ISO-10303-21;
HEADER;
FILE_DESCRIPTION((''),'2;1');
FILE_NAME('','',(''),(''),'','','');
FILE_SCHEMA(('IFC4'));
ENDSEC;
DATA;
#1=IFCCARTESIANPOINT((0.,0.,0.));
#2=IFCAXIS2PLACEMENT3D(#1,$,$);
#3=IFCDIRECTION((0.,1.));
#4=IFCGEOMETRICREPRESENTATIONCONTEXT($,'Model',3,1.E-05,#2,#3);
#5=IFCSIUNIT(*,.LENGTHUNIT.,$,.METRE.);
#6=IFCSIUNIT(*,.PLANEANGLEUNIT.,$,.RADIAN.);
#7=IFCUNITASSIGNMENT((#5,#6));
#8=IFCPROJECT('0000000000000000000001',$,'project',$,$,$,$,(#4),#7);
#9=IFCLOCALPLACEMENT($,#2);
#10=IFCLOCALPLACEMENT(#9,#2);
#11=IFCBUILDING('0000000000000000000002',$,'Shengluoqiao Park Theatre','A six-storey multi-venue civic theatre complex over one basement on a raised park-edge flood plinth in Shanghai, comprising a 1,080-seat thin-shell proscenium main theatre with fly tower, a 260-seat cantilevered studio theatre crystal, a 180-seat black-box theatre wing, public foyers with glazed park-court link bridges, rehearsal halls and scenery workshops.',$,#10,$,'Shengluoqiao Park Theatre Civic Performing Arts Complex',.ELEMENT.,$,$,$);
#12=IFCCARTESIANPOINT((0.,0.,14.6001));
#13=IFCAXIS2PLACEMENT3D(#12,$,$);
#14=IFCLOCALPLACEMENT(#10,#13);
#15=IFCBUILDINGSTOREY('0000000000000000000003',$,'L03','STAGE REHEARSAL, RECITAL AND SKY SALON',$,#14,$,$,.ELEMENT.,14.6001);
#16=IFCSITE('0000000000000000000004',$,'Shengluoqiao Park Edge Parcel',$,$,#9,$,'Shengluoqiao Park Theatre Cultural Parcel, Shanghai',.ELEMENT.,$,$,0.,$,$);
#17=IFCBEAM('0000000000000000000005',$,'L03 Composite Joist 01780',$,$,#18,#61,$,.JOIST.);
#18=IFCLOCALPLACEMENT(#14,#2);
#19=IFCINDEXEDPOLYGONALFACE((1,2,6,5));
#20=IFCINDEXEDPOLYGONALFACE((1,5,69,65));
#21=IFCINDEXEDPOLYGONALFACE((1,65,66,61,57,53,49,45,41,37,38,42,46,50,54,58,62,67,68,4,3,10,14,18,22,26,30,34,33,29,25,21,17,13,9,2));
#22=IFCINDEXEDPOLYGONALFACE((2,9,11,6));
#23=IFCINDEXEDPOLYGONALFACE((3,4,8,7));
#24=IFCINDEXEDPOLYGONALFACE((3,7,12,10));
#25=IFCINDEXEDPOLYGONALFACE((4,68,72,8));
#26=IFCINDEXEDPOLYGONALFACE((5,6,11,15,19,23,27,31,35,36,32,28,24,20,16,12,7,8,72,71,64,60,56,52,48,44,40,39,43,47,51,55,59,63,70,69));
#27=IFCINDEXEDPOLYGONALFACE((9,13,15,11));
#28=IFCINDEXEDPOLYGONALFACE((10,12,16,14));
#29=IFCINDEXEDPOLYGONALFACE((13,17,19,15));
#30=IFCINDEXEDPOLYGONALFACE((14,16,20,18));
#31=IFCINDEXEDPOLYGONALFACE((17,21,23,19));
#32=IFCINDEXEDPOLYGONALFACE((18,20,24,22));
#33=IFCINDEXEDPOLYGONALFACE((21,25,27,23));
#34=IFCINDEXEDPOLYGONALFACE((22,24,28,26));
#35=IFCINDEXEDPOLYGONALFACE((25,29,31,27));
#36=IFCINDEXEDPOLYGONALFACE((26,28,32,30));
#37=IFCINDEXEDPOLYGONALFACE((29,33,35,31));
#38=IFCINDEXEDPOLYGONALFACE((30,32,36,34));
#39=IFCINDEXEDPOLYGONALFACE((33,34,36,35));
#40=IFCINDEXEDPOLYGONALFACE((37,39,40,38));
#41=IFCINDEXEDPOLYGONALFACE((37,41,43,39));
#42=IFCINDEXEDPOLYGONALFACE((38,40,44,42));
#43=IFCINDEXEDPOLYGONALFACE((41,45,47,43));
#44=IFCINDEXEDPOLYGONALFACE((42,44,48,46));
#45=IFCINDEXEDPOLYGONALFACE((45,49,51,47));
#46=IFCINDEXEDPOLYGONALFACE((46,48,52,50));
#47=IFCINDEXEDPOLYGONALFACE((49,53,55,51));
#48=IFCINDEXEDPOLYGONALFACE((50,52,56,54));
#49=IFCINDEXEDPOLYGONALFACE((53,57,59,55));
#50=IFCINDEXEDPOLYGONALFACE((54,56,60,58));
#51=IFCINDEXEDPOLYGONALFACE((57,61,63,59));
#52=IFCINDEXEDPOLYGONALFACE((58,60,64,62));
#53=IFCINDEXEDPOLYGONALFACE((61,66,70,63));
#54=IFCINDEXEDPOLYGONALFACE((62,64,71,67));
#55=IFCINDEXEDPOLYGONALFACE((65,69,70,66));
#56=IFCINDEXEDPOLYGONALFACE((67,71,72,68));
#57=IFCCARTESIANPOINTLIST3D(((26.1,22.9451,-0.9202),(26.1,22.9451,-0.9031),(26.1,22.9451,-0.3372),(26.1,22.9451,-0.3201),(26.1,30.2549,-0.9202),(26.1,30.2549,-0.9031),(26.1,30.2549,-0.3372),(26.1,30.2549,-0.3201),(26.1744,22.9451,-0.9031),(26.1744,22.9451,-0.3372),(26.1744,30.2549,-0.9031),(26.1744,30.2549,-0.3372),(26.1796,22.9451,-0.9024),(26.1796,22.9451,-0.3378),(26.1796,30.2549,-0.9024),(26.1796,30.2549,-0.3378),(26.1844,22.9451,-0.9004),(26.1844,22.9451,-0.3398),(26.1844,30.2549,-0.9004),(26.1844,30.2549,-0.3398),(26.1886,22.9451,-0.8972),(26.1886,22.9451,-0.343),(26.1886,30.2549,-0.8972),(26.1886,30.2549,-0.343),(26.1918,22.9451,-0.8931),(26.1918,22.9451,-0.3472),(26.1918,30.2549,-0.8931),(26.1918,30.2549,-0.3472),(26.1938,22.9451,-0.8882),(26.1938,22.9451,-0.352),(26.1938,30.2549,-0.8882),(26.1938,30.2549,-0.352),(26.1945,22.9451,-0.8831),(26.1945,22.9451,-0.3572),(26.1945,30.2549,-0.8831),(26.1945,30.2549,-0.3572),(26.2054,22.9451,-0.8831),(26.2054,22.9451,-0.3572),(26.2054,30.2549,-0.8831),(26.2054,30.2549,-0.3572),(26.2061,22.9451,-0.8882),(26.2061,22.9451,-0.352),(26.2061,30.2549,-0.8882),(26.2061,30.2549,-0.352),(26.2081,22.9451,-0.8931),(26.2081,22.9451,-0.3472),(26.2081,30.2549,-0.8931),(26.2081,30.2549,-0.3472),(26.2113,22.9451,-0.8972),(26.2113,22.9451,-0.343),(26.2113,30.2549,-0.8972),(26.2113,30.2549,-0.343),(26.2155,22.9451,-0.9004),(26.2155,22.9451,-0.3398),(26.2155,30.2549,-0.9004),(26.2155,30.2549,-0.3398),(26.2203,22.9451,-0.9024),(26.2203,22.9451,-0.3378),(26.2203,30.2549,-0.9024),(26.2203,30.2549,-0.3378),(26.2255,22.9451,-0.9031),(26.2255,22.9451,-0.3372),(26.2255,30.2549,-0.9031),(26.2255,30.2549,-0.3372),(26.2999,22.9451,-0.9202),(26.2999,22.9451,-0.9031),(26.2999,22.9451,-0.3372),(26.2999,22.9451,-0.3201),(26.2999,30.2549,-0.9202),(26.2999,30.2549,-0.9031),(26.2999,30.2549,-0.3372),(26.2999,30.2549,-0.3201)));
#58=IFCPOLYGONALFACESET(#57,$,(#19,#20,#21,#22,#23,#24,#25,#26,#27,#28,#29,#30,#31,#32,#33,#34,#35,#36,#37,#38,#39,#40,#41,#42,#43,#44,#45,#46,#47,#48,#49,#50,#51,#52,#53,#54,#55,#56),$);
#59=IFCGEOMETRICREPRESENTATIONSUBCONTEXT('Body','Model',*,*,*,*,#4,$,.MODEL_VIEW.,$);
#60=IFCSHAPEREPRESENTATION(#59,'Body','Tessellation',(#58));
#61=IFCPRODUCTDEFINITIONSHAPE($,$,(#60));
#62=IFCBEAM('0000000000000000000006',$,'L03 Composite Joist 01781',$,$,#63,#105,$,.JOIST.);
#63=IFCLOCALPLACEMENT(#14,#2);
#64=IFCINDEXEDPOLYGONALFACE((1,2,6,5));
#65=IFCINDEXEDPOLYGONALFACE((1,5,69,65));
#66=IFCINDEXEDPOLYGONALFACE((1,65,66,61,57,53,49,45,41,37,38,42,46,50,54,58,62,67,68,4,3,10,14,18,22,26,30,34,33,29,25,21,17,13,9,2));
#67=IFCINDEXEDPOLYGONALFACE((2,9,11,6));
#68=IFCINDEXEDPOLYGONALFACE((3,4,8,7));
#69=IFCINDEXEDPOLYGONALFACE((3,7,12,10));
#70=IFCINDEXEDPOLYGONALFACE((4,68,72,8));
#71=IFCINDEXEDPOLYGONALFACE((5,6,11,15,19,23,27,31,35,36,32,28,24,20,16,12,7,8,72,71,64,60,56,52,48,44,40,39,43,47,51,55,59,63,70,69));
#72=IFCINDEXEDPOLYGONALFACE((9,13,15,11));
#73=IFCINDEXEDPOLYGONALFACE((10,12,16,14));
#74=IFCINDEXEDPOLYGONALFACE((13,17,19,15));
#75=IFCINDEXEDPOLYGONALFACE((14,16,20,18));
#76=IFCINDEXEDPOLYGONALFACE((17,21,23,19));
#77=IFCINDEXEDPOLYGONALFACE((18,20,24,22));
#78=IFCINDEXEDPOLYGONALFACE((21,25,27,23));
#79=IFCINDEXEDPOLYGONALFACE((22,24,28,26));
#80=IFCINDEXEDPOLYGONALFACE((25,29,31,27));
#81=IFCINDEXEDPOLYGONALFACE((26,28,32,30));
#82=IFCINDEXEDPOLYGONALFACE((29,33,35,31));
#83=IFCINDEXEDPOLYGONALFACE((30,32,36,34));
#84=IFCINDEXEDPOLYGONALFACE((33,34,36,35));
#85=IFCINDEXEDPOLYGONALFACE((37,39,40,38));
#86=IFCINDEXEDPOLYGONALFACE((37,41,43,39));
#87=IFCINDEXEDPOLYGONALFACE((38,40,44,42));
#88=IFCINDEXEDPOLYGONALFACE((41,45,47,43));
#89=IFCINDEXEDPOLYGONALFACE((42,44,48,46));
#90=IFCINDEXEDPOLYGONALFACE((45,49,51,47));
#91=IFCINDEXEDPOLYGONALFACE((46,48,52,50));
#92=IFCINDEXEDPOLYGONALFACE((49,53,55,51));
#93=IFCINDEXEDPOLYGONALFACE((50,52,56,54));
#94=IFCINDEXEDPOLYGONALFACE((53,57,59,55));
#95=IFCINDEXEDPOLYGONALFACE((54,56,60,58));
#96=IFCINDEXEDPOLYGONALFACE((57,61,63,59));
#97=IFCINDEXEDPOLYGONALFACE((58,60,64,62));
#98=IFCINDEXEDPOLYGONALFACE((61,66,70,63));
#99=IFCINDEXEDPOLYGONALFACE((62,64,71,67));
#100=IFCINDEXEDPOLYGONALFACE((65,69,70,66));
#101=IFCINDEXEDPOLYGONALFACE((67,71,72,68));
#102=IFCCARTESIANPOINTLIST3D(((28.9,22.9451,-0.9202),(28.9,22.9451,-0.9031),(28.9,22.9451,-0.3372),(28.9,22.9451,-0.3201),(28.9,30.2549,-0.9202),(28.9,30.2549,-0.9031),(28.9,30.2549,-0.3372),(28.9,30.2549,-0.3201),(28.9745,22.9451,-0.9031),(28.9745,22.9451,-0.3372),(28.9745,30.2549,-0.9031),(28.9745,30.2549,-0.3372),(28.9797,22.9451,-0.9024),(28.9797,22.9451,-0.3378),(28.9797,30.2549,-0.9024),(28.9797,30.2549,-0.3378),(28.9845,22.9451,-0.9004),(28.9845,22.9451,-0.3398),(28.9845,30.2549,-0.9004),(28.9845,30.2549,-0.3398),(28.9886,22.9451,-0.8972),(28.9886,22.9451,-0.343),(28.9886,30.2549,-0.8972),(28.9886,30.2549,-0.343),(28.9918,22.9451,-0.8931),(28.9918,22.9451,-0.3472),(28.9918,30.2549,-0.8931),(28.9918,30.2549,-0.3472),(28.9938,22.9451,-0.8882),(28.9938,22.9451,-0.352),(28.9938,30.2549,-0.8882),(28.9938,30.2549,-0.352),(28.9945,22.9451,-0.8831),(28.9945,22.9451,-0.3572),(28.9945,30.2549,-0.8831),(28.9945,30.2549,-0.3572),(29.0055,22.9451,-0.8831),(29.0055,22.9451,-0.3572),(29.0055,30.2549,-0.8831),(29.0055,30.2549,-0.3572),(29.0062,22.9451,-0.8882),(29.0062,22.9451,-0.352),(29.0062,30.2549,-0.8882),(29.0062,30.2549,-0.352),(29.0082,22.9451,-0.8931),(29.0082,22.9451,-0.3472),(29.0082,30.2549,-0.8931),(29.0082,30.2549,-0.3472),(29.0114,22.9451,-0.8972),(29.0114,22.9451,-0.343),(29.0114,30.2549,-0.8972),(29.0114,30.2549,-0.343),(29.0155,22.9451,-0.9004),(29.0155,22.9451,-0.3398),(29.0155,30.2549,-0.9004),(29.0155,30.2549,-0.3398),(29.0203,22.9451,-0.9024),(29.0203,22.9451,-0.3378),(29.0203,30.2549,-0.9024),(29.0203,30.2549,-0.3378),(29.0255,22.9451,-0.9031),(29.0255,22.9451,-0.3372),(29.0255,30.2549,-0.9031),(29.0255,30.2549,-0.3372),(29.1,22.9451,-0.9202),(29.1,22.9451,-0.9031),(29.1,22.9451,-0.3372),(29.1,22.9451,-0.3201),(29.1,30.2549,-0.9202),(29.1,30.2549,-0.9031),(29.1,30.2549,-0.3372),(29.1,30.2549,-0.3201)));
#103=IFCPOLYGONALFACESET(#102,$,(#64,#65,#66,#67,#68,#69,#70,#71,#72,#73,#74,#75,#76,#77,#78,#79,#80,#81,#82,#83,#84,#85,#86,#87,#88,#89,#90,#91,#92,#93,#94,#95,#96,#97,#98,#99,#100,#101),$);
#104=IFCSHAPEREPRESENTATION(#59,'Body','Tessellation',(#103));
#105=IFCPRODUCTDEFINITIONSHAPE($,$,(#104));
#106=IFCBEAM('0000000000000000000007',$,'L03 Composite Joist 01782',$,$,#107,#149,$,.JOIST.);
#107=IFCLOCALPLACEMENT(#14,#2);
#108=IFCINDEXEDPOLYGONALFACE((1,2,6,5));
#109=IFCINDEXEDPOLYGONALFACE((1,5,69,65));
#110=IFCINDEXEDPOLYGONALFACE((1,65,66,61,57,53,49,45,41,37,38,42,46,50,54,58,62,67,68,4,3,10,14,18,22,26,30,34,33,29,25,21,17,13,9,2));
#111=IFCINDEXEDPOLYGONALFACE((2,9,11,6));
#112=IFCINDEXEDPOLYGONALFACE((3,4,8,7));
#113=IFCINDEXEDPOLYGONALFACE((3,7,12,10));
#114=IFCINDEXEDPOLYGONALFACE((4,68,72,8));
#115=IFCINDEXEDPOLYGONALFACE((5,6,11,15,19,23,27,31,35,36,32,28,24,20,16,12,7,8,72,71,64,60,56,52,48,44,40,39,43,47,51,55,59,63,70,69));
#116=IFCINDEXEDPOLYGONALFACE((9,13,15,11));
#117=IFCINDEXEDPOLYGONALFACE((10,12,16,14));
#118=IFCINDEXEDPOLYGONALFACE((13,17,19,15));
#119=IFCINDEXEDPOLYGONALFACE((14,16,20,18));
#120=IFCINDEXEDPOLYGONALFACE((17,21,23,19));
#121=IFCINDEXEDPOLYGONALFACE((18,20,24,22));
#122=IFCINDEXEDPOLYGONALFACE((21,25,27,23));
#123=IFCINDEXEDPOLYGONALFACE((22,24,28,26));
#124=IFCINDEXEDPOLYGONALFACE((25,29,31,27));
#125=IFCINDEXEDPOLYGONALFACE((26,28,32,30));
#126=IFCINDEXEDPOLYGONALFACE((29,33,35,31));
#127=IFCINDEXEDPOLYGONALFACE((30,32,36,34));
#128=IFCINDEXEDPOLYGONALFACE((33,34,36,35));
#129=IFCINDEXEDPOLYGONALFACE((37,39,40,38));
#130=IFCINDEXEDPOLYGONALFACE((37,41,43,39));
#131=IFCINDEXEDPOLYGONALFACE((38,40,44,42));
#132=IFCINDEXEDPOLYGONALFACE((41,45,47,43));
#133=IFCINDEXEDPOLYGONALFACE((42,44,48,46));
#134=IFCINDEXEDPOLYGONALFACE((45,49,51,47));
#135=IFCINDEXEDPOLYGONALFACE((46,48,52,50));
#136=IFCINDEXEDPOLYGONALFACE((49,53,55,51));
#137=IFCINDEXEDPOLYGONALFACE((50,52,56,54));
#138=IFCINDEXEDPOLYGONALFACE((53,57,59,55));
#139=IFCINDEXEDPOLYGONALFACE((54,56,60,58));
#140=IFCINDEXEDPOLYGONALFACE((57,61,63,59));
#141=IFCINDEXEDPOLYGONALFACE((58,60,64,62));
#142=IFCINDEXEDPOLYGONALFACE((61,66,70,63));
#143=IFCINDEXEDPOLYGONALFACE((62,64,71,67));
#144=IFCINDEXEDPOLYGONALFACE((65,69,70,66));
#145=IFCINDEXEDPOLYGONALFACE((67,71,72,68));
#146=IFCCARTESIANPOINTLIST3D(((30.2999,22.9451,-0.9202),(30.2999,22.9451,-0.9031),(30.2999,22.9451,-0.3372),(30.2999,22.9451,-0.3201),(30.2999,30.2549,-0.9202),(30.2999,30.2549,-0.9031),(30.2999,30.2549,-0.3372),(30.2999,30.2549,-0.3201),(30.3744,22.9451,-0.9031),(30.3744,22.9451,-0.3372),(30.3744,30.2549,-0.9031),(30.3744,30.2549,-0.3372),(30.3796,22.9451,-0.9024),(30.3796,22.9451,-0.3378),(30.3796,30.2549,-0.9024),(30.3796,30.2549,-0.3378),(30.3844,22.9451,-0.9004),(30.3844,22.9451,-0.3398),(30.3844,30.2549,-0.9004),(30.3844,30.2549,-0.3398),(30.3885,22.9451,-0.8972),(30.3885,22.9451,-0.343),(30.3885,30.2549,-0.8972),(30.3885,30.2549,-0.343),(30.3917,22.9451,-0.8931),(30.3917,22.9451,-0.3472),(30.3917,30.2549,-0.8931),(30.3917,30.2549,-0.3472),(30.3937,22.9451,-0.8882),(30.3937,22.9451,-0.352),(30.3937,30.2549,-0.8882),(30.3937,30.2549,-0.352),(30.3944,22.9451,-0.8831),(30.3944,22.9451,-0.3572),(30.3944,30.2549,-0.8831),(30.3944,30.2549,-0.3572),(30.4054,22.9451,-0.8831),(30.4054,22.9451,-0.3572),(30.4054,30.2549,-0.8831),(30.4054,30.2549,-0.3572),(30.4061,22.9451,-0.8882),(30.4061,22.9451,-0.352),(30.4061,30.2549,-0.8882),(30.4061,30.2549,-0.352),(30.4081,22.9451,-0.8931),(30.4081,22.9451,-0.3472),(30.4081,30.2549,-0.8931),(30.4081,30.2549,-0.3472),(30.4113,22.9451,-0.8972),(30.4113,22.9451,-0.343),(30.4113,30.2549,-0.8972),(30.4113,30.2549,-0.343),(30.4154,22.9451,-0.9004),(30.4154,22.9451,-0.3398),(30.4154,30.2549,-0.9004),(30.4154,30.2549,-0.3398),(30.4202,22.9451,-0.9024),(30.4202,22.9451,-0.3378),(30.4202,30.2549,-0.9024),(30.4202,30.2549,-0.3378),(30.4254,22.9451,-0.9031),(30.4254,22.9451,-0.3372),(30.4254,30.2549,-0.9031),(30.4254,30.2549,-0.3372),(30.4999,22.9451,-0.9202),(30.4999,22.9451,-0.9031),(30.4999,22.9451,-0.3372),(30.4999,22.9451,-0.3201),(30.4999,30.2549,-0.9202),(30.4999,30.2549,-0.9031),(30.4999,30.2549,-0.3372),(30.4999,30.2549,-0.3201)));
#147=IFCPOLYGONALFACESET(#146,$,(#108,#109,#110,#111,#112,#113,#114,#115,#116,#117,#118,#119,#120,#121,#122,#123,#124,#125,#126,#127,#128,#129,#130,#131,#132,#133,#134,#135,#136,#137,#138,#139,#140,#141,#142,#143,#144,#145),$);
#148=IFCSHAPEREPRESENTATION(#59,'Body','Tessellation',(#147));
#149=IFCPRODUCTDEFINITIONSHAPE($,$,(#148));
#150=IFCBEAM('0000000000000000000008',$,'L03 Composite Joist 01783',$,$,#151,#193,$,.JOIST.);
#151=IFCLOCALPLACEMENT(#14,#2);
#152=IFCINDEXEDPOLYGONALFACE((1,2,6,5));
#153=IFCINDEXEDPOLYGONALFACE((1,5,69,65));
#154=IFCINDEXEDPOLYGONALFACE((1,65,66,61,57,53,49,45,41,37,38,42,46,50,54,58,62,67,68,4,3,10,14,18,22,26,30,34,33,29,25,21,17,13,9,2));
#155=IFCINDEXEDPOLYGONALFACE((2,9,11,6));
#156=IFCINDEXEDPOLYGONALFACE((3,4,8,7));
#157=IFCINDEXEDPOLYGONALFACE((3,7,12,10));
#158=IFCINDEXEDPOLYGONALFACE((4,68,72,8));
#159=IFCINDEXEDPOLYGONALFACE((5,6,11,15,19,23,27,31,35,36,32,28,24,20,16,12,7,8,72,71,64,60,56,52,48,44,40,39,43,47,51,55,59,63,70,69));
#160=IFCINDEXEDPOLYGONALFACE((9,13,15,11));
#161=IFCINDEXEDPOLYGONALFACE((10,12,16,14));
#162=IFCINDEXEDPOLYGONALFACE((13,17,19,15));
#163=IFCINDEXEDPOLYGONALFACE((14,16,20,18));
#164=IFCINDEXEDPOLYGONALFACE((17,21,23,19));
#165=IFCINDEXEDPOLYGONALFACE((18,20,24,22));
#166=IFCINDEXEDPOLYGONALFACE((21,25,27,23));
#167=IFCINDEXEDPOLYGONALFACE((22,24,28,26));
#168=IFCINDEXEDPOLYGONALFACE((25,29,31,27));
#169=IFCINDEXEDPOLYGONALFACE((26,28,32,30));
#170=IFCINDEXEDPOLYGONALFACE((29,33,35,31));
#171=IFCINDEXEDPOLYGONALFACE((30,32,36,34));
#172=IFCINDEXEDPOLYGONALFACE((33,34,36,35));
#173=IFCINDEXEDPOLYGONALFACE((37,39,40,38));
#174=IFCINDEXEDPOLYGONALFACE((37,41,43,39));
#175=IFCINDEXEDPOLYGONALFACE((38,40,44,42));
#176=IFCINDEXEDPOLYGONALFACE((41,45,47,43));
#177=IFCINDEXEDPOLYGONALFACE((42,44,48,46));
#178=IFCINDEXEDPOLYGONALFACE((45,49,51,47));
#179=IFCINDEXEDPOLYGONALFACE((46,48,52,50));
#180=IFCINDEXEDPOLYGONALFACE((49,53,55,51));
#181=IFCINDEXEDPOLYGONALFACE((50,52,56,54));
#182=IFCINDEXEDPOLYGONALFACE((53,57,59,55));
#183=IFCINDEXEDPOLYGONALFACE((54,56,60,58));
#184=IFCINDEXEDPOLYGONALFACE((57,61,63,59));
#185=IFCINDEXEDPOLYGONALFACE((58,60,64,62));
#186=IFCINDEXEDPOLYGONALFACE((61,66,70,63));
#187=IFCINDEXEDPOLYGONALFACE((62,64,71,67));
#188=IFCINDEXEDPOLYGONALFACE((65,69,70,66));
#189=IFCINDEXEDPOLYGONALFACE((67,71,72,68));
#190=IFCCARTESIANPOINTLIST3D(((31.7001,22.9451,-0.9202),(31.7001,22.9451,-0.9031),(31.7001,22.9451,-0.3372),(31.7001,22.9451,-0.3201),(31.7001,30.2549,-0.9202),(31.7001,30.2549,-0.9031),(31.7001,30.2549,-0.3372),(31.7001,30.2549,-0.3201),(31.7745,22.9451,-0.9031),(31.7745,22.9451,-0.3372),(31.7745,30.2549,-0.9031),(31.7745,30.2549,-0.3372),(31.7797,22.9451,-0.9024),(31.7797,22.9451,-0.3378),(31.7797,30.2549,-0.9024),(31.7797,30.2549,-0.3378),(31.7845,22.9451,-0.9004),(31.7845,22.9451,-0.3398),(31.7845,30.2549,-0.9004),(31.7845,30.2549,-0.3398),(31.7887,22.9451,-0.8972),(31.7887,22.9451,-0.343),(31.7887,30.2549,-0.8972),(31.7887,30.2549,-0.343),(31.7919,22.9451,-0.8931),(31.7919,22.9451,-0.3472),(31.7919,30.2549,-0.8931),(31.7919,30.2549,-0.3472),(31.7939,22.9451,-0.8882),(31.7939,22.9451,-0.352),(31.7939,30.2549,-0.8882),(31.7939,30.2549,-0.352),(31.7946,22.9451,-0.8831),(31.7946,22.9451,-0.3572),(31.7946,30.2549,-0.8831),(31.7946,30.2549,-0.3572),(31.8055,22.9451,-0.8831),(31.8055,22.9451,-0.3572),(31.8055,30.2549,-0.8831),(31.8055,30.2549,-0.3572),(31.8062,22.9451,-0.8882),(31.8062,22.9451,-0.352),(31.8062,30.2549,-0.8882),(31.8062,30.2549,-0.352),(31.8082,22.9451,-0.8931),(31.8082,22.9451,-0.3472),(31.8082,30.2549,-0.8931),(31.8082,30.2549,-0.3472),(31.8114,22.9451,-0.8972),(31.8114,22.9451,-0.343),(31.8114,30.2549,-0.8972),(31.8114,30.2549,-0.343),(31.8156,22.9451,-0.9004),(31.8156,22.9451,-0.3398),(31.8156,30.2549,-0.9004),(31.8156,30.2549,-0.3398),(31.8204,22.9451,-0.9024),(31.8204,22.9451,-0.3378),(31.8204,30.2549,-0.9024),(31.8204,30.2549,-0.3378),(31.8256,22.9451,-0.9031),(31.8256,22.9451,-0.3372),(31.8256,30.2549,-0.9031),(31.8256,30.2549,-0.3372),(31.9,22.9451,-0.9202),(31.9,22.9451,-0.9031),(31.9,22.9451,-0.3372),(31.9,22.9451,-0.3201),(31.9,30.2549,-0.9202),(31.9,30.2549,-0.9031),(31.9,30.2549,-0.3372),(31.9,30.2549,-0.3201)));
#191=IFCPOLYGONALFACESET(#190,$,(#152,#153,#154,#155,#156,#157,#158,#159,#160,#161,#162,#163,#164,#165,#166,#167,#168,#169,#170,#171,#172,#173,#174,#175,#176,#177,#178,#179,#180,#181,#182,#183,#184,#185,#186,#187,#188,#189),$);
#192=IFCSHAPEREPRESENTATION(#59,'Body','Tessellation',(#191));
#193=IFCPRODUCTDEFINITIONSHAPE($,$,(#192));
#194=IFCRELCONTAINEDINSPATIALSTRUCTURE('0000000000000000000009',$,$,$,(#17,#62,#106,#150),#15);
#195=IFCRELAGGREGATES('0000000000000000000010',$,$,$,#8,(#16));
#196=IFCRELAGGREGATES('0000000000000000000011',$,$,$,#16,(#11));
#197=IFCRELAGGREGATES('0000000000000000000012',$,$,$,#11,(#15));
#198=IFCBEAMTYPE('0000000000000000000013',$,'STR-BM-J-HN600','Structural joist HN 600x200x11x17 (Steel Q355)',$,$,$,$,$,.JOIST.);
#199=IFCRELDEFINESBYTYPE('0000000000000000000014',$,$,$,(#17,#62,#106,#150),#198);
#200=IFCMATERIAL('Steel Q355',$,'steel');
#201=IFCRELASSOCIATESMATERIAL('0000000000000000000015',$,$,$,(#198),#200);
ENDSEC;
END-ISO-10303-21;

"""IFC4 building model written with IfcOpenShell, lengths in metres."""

from ifc_helpers import new_model, si_unit, direction, frame, origin, origin_2d, place, context, subcontext, project, spatial, i_section, extrude, material, material_profile, profile_set, type_object, element, save


model = new_model("IFC4")

# Units and contexts
model_context = context("Model", 3, precision=1e-05, world=origin(), true_north=direction((0.0, 1.0)))
body_context = subcontext(model_context, "Body", "Model", "MODEL_VIEW")
ifc_project = project(units=[si_unit("LENGTHUNIT", "METRE"), si_unit("PLANEANGLEUNIT", "RADIAN")], contexts=[model_context])

# Site, building, storey
site_placement = place(None, origin())
site = spatial("IfcSite", under=ifc_project, at=site_placement, Name="Shengluoqiao Park Edge Parcel", LongName="Shengluoqiao Park Theatre Cultural Parcel, Shanghai", CompositionType="ELEMENT", RefElevation=0.0)
building_placement = place(site_placement, origin())
building = spatial("IfcBuilding", under=site, at=building_placement, Name="Shengluoqiao Park Theatre", Description="A six-storey multi-venue civic theatre complex over one basement on a raised park-edge flood plinth in Shanghai, comprising a 1,080-seat thin-shell proscenium main theatre with fly tower, a 260-seat cantilevered studio theatre crystal, a 180-seat black-box theatre wing, public foyers with glazed park-court link bridges, rehearsal halls and scenery workshops.", LongName="Shengluoqiao Park Theatre Civic Performing Arts Complex", CompositionType="ELEMENT")
storey_placement = place(building_placement, frame((0.0, 0.0, 14.6001)))
storey = spatial("IfcBuildingStorey", under=building, at=storey_placement, Name="L03", Description="STAGE REHEARSAL, RECITAL AND SKY SALON", CompositionType="ELEMENT", Elevation=14.6001)

# Shared definitions
ifc_material_1 = material(Name="Steel Q355", Category="steel")

# Beams
ifc_material_profile_1 = material_profile(ifc_material_1, i_section(OverallWidth=0.2, OverallDepth=0.6001, WebThickness=0.011, FlangeThickness=0.0171, FilletRadius=0.02, at=origin_2d()), Name="HN 600x200x11x17")
ifc_profile_set_1 = profile_set([ifc_material_profile_1], Name="Steel Q355")
beam_type_1 = type_object("IfcBeamType", Name="STR-BM-J-HN600", Description="Structural joist HN 600x200x11x17 (Steel Q355)", PredefinedType="JOIST", material=ifc_profile_set_1)
for number, where, z_axis, x_axis, name in (
    (1, (26.2, 22.9451, -0.6201), (0.0, 1.0, 0.0), (-1.0, 0.0, 0.0), "L03 Composite Joist 01780"),
    (2, (29.0, 22.9451, -0.6201), (0.0, 1.0, 0.0), (-1.0, 0.0, 0.0), "L03 Composite Joist 01781"),
    (3, (30.3999, 22.9451, -0.6201), (0.0, 1.0, 0.0), (-1.0, 0.0, 0.0), "L03 Composite Joist 01782"),
    (4, (31.8, 22.9451, -0.6201), (0.0, 1.0, 0.0), (-1.0, 0.0, 0.0), "L03 Composite Joist 01783"),
):
    element("IfcBeam", number, at=place(storey_placement, frame(where, z_axis=z_axis, x_axis=x_axis)), inside=storey, type_object=beam_type_1, Name=name, PredefinedType="JOIST", context=body_context, shape_type="SweptSolid", body=[
        extrude(i_section(OverallWidth=0.2, OverallDepth=0.6001, WebThickness=0.011, FlangeThickness=0.0171, FilletRadius=0.02, at=origin_2d()), origin(), (0.0, 0.0, 1.0), 7.3098),
    ])

save(model, "model.ifc")
